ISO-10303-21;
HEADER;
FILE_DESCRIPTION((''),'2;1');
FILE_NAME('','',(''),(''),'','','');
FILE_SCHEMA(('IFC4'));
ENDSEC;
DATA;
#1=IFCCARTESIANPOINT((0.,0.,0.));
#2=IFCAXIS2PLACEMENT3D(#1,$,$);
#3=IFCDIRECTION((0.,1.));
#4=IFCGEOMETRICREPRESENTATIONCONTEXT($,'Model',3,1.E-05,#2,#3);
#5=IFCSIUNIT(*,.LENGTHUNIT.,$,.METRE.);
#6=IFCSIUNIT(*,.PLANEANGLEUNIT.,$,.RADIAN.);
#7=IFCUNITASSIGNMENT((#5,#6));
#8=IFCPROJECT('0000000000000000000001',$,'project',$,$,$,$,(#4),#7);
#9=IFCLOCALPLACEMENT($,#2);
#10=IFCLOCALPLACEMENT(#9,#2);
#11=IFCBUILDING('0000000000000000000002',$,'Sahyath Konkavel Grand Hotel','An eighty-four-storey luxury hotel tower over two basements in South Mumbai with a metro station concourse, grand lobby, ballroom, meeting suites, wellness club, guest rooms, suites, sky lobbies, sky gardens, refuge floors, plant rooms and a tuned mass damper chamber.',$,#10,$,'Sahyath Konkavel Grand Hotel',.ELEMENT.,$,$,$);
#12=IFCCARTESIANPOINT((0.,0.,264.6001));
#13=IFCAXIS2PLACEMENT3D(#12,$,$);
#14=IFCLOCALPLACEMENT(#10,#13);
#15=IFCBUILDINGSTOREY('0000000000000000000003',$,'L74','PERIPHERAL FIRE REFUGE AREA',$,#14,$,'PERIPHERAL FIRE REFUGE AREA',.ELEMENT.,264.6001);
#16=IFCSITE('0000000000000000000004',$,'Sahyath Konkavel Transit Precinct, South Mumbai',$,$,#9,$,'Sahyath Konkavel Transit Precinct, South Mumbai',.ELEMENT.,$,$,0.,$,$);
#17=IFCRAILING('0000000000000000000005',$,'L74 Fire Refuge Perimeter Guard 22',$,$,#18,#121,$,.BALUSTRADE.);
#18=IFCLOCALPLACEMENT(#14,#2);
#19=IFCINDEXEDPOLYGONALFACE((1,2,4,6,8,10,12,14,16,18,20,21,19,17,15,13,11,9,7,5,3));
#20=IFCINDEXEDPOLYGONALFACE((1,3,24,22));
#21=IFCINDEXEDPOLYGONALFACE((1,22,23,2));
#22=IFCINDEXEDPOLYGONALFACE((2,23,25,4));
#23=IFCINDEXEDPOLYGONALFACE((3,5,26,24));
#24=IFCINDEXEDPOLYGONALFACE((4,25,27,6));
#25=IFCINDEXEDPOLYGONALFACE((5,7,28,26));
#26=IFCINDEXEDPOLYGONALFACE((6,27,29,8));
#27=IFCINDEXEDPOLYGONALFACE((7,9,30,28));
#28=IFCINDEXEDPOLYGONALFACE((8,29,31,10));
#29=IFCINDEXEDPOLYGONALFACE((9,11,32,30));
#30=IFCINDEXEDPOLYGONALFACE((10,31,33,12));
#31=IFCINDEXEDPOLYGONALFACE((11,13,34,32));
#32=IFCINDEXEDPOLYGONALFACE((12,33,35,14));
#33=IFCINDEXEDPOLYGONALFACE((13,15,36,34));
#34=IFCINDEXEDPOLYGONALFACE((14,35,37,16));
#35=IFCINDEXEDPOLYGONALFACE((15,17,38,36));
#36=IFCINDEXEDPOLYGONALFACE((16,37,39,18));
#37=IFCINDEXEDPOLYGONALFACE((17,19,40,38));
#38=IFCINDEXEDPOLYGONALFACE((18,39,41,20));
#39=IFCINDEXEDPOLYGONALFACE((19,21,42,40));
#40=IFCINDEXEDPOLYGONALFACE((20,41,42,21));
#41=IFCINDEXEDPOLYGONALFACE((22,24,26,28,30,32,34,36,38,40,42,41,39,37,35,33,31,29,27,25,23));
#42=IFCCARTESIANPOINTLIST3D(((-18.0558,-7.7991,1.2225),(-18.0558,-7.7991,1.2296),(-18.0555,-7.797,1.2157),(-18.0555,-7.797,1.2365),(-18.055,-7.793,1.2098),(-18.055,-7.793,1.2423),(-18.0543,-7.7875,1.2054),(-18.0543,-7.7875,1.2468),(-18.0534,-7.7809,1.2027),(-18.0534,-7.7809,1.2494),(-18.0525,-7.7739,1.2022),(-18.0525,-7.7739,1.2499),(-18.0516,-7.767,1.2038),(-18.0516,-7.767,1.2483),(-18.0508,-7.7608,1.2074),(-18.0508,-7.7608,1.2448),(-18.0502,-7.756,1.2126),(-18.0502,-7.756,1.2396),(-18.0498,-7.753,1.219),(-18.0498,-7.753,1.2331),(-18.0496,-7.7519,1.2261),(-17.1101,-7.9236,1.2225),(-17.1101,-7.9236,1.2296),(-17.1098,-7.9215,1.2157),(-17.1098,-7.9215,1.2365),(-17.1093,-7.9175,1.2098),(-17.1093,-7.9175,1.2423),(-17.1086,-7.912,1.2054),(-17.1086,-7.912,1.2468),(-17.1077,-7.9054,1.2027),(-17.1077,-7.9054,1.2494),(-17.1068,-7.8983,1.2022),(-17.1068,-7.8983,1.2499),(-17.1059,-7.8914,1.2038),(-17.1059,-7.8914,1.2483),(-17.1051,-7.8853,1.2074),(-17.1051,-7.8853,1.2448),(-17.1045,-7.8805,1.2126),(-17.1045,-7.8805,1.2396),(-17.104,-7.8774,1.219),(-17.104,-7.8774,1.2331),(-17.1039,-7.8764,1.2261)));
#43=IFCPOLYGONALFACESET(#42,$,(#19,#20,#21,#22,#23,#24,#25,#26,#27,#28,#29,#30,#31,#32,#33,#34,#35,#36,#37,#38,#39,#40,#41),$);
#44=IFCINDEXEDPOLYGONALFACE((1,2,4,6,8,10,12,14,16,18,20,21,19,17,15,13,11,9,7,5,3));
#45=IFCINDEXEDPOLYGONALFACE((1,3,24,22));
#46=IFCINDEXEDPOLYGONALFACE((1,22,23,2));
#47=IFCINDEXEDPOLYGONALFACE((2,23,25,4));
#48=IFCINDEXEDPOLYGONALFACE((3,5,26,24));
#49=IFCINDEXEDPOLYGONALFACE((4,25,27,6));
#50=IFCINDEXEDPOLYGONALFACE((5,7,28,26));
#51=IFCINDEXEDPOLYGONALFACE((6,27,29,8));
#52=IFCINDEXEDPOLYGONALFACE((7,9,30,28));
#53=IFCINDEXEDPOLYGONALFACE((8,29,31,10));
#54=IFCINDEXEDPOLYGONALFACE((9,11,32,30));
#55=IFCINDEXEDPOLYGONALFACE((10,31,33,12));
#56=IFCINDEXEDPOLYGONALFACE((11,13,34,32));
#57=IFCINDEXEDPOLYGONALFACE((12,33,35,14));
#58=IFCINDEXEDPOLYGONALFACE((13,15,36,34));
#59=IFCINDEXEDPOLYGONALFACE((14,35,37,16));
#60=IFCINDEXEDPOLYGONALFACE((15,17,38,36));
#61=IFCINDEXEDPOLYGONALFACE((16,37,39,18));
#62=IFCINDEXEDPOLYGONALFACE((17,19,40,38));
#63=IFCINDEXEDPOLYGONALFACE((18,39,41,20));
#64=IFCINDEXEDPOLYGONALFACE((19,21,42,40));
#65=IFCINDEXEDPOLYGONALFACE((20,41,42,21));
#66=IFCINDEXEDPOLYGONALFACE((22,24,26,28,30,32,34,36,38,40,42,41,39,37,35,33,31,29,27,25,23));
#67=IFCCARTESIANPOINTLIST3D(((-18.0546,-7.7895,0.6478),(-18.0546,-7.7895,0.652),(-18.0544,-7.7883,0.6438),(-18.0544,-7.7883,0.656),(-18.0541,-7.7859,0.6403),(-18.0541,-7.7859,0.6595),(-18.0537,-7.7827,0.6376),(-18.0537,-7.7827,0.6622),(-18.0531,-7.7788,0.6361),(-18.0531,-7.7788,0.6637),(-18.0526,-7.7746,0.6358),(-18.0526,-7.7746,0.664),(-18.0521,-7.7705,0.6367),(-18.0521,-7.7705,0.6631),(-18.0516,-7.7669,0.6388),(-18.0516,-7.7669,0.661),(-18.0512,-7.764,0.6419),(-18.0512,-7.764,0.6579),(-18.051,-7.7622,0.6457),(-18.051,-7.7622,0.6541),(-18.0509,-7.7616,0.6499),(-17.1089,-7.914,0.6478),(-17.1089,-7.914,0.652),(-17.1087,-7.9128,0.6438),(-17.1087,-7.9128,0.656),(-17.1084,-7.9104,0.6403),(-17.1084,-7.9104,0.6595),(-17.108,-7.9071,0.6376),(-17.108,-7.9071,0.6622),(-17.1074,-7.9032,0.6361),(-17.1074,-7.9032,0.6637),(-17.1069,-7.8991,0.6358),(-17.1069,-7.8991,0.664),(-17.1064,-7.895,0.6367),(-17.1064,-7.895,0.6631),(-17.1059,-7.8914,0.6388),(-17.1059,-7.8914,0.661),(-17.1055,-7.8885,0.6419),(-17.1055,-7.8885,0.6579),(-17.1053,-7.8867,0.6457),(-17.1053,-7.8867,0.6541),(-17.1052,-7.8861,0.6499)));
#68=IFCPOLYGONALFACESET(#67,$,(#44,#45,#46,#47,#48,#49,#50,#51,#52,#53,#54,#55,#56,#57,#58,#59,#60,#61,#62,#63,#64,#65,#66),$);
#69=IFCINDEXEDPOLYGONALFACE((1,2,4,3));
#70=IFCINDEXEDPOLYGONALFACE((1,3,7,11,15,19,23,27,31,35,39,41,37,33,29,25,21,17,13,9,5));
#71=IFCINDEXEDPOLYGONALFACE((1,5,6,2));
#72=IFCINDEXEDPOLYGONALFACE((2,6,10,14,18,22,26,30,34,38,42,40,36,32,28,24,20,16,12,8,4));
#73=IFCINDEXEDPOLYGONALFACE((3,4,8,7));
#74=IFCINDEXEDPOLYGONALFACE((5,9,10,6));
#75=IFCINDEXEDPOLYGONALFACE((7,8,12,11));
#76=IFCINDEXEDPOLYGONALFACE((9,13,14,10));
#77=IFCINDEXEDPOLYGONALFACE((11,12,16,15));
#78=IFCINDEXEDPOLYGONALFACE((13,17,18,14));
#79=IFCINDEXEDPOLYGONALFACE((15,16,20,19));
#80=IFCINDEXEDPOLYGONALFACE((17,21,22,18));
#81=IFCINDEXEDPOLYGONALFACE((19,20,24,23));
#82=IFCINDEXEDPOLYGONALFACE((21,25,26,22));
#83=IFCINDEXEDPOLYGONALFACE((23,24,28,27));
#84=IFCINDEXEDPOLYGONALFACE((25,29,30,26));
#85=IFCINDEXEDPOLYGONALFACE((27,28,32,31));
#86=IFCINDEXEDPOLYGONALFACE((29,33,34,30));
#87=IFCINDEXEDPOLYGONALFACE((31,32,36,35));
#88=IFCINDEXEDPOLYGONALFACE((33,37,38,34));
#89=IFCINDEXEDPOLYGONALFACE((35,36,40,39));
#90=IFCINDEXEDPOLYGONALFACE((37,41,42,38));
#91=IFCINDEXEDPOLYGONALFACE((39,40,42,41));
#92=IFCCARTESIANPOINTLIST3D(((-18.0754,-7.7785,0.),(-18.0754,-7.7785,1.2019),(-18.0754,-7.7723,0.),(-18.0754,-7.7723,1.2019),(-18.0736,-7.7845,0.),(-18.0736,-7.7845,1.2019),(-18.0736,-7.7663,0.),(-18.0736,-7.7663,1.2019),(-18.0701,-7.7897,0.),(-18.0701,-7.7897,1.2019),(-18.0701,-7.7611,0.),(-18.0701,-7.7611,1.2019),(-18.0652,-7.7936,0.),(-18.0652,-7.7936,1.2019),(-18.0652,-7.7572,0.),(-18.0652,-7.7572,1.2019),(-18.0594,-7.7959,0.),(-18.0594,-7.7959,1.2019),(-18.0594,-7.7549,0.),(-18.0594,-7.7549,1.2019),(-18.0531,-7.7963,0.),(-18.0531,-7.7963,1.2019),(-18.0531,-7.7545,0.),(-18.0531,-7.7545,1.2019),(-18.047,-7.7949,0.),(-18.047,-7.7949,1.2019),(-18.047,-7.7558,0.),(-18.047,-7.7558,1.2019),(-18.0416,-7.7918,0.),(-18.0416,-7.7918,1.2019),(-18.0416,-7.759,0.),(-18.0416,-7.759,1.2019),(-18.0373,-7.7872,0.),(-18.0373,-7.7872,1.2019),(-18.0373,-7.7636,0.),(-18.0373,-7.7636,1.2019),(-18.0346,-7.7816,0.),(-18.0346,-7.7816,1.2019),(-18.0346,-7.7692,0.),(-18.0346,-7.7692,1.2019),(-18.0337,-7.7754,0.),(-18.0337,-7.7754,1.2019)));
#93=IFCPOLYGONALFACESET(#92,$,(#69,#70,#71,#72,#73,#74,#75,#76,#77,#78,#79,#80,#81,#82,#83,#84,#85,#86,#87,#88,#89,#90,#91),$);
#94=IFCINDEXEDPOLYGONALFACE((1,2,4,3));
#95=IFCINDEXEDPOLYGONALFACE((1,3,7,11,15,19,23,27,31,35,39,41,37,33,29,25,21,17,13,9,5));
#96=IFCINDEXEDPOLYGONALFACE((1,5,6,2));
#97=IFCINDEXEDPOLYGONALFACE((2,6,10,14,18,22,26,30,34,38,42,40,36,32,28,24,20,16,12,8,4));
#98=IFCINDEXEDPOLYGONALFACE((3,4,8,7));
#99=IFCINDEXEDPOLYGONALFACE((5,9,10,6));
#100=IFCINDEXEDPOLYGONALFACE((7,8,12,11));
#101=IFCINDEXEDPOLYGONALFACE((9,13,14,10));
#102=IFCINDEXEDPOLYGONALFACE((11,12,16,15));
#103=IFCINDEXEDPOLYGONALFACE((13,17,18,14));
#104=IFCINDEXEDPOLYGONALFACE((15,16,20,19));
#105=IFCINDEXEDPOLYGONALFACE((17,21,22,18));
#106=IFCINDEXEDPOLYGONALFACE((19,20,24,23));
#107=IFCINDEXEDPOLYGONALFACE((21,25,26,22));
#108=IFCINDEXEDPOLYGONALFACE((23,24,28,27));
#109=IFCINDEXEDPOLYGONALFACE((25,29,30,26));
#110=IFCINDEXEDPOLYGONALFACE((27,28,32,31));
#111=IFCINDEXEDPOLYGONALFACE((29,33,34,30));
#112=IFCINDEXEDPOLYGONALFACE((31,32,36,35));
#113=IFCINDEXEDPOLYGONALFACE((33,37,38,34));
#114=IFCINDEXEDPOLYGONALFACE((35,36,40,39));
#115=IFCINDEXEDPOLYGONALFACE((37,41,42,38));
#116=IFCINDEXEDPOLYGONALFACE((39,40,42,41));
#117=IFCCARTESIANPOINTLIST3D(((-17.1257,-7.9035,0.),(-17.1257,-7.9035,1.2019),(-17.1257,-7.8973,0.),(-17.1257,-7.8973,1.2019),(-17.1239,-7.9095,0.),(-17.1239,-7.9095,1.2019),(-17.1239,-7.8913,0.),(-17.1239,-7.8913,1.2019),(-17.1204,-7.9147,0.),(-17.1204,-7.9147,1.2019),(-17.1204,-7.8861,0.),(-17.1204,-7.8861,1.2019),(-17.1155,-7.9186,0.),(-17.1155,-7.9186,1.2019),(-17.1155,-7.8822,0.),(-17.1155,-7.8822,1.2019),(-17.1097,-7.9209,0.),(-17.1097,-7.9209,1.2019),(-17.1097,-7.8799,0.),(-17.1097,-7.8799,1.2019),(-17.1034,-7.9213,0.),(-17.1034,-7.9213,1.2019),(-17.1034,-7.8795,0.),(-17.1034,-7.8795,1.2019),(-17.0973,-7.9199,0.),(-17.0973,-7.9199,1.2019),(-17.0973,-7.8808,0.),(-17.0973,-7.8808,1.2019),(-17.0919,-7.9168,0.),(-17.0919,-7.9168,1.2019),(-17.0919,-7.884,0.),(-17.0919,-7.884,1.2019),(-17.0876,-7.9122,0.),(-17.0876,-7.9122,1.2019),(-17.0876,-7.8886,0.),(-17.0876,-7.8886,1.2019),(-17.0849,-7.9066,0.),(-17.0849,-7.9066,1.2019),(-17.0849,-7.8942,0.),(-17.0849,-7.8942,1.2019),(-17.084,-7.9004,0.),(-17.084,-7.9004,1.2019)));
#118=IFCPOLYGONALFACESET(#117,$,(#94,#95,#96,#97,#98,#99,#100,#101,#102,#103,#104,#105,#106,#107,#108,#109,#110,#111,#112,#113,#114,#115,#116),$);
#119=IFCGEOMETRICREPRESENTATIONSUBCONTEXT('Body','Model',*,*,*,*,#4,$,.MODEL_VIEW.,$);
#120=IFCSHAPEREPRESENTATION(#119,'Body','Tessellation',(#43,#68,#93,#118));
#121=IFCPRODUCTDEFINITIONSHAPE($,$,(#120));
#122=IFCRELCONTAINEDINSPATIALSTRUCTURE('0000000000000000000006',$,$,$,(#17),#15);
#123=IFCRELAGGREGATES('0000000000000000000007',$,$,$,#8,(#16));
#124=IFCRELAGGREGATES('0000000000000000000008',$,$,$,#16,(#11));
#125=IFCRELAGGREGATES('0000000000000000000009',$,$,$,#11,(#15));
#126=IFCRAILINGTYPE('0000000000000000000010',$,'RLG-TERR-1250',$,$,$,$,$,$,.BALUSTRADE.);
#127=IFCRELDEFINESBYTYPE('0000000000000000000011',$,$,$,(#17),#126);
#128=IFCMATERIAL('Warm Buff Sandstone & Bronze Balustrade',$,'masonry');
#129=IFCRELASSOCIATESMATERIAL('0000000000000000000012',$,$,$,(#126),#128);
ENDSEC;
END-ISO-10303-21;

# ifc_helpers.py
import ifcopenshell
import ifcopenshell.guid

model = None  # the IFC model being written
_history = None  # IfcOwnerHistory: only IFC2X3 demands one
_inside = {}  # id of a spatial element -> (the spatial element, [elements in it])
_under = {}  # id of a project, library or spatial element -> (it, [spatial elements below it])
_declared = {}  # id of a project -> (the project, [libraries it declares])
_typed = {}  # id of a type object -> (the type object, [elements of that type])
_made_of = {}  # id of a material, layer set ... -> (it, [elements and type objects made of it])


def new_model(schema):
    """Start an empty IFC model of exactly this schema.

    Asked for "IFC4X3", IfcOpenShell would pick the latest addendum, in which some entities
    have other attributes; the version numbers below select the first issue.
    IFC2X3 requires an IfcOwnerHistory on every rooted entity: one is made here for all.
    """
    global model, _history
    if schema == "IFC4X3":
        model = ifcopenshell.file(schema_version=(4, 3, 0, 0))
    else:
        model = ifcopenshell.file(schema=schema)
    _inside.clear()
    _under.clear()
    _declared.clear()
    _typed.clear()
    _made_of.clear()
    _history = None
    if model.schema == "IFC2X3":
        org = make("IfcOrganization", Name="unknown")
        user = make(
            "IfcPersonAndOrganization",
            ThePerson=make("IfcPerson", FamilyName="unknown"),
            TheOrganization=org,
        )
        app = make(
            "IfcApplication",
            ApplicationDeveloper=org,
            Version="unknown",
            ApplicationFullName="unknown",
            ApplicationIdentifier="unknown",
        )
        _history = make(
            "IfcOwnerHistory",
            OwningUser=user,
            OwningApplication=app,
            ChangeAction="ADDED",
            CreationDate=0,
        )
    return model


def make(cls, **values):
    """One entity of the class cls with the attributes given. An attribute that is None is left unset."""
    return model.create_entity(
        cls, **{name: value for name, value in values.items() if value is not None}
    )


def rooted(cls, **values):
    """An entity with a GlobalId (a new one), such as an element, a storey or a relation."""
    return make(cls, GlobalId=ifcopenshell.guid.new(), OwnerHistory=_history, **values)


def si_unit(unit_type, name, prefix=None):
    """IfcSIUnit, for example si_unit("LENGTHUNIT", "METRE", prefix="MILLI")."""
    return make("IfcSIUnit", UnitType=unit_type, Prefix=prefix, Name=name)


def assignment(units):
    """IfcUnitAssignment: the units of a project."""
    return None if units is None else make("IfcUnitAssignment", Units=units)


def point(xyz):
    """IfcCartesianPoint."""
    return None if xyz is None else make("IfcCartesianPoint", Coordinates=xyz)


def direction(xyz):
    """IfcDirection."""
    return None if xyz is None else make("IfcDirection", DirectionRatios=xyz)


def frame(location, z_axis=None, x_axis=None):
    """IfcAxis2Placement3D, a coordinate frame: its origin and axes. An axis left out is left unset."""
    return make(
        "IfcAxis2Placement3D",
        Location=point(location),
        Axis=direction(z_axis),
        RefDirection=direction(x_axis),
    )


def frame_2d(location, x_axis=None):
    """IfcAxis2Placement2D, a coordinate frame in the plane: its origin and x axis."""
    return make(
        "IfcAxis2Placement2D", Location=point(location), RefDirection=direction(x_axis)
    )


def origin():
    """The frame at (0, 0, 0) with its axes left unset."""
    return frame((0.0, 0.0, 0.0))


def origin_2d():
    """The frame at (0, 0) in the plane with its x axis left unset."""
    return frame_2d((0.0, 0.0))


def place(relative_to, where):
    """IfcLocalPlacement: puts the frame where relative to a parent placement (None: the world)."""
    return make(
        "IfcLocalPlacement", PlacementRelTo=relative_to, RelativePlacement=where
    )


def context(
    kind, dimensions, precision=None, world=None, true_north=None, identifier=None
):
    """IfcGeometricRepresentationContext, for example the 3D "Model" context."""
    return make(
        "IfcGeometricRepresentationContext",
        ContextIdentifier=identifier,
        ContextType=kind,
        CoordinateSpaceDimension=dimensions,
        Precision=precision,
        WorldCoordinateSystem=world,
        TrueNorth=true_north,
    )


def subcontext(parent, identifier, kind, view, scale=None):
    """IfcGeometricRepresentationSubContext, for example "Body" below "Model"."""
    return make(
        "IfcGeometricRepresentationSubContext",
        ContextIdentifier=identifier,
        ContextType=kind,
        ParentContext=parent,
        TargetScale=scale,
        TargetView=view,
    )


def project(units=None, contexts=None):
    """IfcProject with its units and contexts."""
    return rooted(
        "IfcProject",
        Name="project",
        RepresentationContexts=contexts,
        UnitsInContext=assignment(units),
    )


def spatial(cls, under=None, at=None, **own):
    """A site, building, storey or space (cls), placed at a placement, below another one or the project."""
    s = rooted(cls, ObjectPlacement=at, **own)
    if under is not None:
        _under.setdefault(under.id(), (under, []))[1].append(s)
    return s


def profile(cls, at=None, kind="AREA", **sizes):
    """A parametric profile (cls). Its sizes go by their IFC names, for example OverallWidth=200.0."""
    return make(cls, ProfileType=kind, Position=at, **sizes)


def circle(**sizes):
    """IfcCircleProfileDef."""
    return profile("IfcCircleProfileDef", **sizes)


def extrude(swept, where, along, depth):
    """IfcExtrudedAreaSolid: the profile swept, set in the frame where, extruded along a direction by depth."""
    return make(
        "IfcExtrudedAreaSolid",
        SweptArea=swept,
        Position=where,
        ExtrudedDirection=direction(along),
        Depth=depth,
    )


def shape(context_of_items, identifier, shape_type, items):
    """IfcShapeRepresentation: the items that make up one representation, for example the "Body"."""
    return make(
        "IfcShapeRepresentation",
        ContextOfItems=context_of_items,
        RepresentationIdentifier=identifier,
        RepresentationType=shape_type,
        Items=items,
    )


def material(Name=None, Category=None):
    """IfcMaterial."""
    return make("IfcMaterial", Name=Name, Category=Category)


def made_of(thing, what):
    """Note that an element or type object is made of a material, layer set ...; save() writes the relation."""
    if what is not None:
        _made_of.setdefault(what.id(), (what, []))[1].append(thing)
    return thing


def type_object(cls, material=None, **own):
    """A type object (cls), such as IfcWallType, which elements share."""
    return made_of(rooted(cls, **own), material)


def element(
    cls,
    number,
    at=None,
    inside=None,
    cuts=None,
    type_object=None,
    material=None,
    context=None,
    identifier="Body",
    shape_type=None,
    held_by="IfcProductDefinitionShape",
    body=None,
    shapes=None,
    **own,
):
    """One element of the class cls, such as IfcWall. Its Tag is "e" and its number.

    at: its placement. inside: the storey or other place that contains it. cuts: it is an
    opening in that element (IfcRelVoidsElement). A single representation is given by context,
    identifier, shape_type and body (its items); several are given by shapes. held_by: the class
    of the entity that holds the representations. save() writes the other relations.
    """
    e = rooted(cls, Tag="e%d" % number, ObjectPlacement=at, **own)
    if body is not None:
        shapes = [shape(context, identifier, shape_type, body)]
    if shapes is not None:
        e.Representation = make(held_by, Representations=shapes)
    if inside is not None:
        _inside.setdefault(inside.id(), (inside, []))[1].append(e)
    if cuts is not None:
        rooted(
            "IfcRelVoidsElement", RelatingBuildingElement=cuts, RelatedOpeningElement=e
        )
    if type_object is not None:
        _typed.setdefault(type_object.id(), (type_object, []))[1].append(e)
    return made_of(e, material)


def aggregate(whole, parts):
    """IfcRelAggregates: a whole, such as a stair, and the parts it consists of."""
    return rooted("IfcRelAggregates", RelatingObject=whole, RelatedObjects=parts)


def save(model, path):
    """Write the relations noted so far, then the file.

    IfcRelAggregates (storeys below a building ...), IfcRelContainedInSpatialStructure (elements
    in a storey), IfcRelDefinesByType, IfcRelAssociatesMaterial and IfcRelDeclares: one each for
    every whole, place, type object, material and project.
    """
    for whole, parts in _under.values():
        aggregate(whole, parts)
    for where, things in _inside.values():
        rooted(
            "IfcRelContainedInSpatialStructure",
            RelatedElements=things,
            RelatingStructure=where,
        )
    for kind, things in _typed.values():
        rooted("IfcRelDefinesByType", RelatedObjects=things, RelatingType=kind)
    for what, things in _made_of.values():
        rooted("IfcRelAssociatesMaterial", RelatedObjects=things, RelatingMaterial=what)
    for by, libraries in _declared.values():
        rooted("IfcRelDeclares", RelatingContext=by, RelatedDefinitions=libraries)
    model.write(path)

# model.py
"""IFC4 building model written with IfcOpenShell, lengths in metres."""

from ifc_helpers import new_model, si_unit, direction, frame, origin, origin_2d, place, context, subcontext, project, spatial, circle, extrude, material, type_object, element, save


model = new_model("IFC4")

# Units and contexts
model_context = context("Model", 3, precision=1e-05, world=origin(), true_north=direction((0.0, 1.0)))
body_context = subcontext(model_context, "Body", "Model", "MODEL_VIEW")
ifc_project = project(units=[si_unit("LENGTHUNIT", "METRE"), si_unit("PLANEANGLEUNIT", "RADIAN")], contexts=[model_context])

# Site, building, storey
site_placement = place(None, origin())
site = spatial("IfcSite", under=ifc_project, at=site_placement, Name="Sahyath Konkavel Transit Precinct, South Mumbai", LongName="Sahyath Konkavel Transit Precinct, South Mumbai", CompositionType="ELEMENT", RefElevation=0.0)
building_placement = place(site_placement, origin())
building = spatial("IfcBuilding", under=site, at=building_placement, Name="Sahyath Konkavel Grand Hotel", Description="An eighty-four-storey luxury hotel tower over two basements in South Mumbai with a metro station concourse, grand lobby, ballroom, meeting suites, wellness club, guest rooms, suites, sky lobbies, sky gardens, refuge floors, plant rooms and a tuned mass damper chamber.", LongName="Sahyath Konkavel Grand Hotel", CompositionType="ELEMENT")
storey_placement = place(building_placement, frame((0.0, 0.0, 264.6001)))
storey = spatial("IfcBuildingStorey", under=building, at=storey_placement, Name="L74", Description="PERIPHERAL FIRE REFUGE AREA", LongName="PERIPHERAL FIRE REFUGE AREA", CompositionType="ELEMENT", Elevation=264.6001)

# Railing
ifc_material_1 = material(Name="Warm Buff Sandstone & Bronze Balustrade", Category="masonry")
railing_type = type_object("IfcRailingType", Name="RLG-TERR-1250", PredefinedType="BALUSTRADE", material=ifc_material_1)
railing_1_placement = place(storey_placement, frame((-18.0547, -7.7754, 0.0)))
element("IfcRailing", 1, at=railing_1_placement, inside=storey, type_object=railing_type, Name="L74 Fire Refuge Perimeter Guard 22", PredefinedType="BALUSTRADE", context=body_context, shape_type="SweptSolid", body=[
    extrude(circle(Radius=0.0239, at=origin_2d()), frame((0.002, -0.0002, 1.2261), z_axis=(0.991449, -0.130494, 0.0), x_axis=(0.130494, 0.991449, 0.0)), (0.0, 0.0, 1.0), 0.9539),
    extrude(circle(Radius=0.0142, at=origin_2d()), frame((0.002, -0.0002, 0.6499), z_axis=(0.991449, -0.130494, 0.0), x_axis=(0.130494, 0.991449, 0.0)), (0.0, 0.0, 1.0), 0.9539),
    extrude(circle(Radius=0.021, at=origin_2d()), origin(), (0.0, 0.0, 1.0), 1.2019),
    extrude(circle(Radius=0.021, at=origin_2d()), frame((0.9497, -0.125, 0.0)), (0.0, 0.0, 1.0), 1.2019),
])

save(model, "model.ifc")
